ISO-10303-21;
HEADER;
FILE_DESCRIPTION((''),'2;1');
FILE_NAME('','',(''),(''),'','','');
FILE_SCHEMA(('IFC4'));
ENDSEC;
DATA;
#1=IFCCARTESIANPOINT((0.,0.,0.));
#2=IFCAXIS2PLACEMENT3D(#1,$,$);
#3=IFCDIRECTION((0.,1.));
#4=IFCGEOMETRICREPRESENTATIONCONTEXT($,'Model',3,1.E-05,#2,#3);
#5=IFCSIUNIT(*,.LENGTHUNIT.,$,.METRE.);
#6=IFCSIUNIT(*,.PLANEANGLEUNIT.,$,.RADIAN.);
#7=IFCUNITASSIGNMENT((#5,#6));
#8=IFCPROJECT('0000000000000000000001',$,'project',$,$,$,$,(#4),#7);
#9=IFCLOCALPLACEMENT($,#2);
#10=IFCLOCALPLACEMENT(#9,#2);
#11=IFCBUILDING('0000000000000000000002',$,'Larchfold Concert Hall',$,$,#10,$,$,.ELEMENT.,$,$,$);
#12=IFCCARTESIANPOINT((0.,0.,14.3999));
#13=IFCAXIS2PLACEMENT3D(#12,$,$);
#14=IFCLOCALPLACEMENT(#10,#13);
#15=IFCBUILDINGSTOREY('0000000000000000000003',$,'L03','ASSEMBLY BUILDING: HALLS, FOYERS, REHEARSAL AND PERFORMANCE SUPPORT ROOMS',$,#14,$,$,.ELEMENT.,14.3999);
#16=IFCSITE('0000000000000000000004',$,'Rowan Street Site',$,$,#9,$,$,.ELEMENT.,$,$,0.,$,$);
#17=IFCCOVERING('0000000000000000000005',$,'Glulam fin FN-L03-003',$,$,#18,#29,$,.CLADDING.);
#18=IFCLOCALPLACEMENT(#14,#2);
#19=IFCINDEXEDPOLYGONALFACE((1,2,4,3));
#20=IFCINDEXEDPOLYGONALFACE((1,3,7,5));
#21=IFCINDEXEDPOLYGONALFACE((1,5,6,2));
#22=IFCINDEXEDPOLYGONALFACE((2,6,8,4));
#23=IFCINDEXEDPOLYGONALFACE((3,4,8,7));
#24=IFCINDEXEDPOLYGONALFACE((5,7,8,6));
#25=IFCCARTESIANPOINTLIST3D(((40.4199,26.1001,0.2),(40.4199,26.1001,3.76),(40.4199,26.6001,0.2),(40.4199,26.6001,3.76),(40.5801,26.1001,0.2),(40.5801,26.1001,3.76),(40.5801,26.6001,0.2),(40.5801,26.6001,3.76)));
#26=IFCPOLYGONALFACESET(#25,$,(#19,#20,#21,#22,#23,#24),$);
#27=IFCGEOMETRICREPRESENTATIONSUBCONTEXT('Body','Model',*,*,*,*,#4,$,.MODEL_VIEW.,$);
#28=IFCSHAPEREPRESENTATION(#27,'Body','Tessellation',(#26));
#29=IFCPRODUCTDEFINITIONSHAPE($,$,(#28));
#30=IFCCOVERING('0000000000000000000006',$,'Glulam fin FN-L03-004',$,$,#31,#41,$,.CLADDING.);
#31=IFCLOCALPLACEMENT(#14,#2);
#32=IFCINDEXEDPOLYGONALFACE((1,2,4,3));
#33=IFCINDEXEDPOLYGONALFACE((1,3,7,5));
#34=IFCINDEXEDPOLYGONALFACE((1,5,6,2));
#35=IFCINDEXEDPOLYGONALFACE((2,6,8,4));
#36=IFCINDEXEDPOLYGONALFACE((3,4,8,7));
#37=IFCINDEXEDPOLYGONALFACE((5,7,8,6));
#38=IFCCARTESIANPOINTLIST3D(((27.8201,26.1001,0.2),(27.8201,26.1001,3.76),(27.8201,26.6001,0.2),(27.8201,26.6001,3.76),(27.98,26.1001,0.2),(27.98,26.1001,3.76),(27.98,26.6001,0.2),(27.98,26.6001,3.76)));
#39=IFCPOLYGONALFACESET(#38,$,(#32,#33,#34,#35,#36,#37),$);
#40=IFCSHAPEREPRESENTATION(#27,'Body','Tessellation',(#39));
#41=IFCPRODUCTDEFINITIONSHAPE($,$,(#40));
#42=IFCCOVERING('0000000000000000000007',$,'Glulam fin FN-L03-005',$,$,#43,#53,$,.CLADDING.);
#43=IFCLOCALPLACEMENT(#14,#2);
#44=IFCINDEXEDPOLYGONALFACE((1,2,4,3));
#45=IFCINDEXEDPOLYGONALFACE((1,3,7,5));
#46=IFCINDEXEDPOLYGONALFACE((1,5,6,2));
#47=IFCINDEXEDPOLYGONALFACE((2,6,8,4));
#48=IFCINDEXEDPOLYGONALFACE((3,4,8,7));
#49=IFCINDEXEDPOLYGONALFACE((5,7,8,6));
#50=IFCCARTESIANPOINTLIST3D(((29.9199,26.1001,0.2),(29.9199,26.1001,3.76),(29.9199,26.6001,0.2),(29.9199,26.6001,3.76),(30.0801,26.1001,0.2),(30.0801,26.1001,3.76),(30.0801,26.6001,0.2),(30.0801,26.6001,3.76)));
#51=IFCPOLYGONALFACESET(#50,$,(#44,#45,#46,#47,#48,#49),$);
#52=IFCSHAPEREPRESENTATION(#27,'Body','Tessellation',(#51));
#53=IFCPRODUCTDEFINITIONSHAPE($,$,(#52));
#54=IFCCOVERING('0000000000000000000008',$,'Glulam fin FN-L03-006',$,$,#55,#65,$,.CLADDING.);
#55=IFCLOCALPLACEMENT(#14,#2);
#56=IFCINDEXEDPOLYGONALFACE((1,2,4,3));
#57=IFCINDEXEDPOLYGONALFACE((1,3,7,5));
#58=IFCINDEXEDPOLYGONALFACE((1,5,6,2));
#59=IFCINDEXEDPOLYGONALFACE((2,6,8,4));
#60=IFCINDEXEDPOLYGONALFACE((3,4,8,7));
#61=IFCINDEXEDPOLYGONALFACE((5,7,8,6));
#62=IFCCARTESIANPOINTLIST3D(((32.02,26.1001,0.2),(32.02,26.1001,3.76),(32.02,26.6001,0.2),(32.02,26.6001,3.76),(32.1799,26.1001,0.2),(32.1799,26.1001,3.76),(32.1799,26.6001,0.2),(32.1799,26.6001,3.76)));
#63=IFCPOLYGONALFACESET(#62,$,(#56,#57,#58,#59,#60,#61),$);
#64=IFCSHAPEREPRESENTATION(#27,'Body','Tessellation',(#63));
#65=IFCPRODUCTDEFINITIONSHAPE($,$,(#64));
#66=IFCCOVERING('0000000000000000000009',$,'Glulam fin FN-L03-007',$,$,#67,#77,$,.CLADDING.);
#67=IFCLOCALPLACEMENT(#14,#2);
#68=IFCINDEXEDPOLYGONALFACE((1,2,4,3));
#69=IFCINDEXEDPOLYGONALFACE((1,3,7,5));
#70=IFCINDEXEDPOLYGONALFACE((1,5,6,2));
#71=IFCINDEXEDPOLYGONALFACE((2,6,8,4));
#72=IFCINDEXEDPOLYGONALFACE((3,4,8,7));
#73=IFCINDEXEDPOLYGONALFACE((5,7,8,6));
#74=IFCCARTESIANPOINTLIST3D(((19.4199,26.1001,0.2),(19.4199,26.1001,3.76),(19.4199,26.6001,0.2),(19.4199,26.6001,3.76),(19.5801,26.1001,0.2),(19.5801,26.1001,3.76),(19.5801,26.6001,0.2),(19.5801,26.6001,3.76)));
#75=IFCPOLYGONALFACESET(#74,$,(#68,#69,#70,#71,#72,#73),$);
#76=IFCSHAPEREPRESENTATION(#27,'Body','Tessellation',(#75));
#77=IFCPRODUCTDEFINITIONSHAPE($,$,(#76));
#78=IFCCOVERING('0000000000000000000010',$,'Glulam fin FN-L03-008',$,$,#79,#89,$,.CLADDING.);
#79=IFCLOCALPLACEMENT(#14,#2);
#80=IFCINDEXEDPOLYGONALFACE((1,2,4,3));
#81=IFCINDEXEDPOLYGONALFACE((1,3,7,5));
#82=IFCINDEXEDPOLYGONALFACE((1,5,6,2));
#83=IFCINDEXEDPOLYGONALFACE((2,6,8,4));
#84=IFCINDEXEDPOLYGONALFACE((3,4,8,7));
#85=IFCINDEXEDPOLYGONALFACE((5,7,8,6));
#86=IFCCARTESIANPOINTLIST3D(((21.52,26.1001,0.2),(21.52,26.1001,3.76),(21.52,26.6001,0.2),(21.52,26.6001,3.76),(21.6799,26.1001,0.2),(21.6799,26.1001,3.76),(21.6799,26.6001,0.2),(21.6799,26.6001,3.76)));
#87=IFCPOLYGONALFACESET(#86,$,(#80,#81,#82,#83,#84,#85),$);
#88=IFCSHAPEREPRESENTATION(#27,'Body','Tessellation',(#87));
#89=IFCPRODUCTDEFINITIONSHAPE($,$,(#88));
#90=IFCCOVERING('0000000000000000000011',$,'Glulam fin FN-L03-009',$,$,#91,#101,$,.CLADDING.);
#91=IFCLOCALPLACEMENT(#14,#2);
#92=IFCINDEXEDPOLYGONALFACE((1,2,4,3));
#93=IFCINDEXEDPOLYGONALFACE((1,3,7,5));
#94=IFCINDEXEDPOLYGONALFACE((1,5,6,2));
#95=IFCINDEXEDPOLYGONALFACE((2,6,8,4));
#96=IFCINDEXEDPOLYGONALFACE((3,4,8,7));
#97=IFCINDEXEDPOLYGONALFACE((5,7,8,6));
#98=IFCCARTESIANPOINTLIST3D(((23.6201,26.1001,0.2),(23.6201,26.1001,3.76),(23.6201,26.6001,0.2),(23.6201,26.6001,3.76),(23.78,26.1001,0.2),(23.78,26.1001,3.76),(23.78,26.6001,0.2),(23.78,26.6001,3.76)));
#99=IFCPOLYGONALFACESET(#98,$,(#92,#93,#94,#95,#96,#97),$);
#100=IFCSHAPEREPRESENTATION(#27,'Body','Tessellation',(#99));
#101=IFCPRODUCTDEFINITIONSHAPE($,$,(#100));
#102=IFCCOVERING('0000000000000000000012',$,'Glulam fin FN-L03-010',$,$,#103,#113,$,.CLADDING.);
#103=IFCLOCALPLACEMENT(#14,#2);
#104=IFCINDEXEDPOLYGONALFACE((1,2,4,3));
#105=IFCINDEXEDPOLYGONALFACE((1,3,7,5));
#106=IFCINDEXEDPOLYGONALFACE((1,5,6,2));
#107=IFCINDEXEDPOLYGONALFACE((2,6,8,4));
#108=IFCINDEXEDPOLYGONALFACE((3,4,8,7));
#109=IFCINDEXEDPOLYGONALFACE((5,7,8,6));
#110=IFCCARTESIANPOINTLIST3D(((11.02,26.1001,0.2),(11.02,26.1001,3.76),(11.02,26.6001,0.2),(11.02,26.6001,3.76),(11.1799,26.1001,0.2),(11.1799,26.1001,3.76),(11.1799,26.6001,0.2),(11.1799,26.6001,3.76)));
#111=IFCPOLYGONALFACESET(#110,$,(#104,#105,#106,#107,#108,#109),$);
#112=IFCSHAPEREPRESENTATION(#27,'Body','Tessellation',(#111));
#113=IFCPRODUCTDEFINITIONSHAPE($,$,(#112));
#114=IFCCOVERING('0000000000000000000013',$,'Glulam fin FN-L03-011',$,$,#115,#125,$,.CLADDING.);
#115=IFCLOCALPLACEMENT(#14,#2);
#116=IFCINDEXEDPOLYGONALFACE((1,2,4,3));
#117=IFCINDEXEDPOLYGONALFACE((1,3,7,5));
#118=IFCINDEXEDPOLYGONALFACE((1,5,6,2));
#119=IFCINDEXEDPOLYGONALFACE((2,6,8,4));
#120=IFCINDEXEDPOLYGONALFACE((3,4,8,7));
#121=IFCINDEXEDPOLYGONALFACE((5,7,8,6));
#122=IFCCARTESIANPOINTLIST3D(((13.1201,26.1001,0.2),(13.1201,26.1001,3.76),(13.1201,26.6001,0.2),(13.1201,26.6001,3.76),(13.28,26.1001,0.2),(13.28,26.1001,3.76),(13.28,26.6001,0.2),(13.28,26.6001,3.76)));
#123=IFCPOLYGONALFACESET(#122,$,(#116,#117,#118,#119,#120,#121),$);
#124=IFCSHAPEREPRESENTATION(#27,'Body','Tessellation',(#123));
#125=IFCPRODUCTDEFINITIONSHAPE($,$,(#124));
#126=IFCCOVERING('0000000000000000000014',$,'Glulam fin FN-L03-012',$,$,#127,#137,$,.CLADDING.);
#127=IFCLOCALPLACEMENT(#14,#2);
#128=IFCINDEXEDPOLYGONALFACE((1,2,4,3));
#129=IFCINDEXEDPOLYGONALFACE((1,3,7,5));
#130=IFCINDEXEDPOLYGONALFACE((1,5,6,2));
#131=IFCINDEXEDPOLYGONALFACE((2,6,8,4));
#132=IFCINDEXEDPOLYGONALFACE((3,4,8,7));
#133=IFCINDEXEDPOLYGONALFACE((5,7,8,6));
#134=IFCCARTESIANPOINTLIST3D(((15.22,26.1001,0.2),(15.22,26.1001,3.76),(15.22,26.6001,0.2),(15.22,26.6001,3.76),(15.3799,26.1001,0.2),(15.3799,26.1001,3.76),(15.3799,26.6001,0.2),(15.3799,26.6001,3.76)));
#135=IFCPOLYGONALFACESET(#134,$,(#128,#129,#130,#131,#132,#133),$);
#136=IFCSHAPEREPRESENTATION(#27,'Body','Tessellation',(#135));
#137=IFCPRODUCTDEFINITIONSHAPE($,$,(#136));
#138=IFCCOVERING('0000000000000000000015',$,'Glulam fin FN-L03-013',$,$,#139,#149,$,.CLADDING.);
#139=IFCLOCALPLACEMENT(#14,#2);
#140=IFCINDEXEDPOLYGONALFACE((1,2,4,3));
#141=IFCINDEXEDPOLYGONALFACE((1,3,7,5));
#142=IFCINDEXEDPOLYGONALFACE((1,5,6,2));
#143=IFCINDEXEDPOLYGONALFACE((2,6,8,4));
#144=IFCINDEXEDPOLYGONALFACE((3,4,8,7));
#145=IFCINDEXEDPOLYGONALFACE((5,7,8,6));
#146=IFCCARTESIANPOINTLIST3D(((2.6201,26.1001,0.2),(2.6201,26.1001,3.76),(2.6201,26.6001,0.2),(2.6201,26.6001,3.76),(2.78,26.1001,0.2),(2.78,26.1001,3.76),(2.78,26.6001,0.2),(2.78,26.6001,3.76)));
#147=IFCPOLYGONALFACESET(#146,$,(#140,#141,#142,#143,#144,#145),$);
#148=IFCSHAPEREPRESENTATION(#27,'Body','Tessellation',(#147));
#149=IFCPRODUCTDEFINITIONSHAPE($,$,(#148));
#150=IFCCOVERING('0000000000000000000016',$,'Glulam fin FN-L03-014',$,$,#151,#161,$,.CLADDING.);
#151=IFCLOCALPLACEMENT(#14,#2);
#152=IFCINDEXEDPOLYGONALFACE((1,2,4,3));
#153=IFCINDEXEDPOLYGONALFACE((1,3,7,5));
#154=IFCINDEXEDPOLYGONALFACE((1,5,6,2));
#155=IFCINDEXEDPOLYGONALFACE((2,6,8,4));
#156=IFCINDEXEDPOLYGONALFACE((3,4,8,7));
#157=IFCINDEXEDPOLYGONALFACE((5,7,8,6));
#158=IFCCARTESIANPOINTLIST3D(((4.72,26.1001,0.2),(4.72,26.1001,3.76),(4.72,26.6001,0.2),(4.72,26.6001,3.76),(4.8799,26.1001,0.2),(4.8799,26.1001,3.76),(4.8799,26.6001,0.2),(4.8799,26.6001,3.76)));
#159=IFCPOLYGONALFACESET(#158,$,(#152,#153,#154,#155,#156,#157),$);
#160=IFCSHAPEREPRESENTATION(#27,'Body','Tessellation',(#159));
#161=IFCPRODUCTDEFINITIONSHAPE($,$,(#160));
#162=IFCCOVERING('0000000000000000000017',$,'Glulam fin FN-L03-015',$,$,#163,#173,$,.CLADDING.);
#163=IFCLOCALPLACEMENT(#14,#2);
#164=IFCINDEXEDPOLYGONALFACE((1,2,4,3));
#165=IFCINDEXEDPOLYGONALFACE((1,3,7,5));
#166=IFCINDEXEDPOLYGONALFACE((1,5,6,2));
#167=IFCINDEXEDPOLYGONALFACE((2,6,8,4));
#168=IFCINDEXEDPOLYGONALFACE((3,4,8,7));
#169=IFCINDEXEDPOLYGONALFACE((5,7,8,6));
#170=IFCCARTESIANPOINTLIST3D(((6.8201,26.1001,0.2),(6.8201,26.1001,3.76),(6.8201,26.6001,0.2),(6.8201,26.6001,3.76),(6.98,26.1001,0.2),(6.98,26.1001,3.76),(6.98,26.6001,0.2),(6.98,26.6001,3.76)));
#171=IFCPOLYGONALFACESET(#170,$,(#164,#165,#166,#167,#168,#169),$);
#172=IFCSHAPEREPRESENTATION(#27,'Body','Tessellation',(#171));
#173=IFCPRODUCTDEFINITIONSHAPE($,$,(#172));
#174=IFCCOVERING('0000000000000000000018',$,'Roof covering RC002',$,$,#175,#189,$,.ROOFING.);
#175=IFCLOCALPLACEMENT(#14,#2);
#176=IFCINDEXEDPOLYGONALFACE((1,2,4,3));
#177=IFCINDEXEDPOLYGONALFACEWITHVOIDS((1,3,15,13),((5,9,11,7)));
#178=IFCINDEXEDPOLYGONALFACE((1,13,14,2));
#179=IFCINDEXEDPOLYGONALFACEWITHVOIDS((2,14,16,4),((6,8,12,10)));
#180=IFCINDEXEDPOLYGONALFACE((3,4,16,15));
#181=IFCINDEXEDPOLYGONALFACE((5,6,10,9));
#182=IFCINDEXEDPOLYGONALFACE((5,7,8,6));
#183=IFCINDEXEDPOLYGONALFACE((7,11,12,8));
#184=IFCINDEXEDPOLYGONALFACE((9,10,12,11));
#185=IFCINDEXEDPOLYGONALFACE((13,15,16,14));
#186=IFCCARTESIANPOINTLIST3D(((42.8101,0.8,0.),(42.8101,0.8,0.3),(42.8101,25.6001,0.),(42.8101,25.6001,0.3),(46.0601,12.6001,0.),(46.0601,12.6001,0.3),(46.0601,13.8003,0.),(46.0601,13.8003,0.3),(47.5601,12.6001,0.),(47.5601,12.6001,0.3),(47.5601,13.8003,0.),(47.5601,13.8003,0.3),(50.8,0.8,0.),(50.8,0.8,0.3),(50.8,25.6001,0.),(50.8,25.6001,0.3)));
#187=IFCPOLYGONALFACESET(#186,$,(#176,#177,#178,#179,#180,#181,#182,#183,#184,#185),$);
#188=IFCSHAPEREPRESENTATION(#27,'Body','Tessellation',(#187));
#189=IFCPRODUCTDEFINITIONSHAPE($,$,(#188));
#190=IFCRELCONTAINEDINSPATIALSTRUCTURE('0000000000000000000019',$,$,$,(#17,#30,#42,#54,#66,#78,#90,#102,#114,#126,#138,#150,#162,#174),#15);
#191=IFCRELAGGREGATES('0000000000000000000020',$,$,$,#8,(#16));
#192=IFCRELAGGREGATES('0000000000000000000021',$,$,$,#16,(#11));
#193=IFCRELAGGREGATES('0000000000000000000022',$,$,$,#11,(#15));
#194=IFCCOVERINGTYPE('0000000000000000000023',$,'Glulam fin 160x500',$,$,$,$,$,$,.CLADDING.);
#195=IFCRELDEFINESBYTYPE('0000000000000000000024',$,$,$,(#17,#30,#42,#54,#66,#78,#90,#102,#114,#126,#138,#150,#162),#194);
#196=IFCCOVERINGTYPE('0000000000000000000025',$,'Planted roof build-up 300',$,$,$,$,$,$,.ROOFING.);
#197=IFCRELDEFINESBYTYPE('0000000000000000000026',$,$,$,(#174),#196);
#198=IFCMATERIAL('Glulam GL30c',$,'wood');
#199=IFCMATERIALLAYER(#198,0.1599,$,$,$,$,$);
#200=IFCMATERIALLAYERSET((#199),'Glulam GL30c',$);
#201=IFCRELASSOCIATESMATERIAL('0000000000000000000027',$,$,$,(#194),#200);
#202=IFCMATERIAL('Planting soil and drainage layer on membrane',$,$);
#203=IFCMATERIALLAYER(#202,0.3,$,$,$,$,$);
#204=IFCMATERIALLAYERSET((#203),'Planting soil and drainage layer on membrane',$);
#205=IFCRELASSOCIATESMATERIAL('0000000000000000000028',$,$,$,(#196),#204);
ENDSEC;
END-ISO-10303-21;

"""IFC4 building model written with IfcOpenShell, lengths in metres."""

from ifc_helpers import new_model, si_unit, direction, frame, origin, place, context, subcontext, project, spatial, polyline, outline, extrude, material, layer, layer_set, type_object, element, save


model = new_model("IFC4")

# Units and contexts
model_context = context("Model", 3, precision=1e-05, world=origin(), true_north=direction((0.0, 1.0)))
body_context = subcontext(model_context, "Body", "Model", "MODEL_VIEW")
ifc_project = project(units=[si_unit("LENGTHUNIT", "METRE"), si_unit("PLANEANGLEUNIT", "RADIAN")], contexts=[model_context])

# Site, building, storey
site_placement = place(None, origin())
site = spatial("IfcSite", under=ifc_project, at=site_placement, Name="Rowan Street Site", CompositionType="ELEMENT", RefElevation=0.0)
building_placement = place(site_placement, origin())
building = spatial("IfcBuilding", under=site, at=building_placement, Name="Larchfold Concert Hall", CompositionType="ELEMENT")
storey_placement = place(building_placement, frame((0.0, 0.0, 14.3999)))
storey = spatial("IfcBuildingStorey", under=building, at=storey_placement, Name="L03", Description="ASSEMBLY BUILDING: HALLS, FOYERS, REHEARSAL AND PERFORMANCE SUPPORT ROOMS", CompositionType="ELEMENT", Elevation=14.3999)

# Coverings
ifc_material_1 = material(Name="Glulam GL30c", Category="wood")
ifc_layer_1 = layer(ifc_material_1, 0.1599)
ifc_layer_set_1 = layer_set([ifc_layer_1], Name="Glulam GL30c")
covering_type_1 = type_object("IfcCoveringType", Name="Glulam fin 160x500", PredefinedType="CLADDING", material=ifc_layer_set_1)
covering_1_placement = place(storey_placement, frame((0.0, 0.0, 0.2)))
element("IfcCovering", 1, at=covering_1_placement, inside=storey, type_object=covering_type_1, Name="Glulam fin FN-L03-003", PredefinedType="CLADDING", context=body_context, shape_type="SweptSolid", body=[
    extrude(outline(polyline([(40.5801, 26.1001), (40.5801, 26.6001), (40.4199, 26.6001), (40.4199, 26.1001), (40.5801, 26.1001)])), origin(), (0.0, 0.0, 1.0), 3.5601),
])
covering_2_placement = place(storey_placement, frame((0.0, 0.0, 0.2)))
element("IfcCovering", 2, at=covering_2_placement, inside=storey, type_object=covering_type_1, Name="Glulam fin FN-L03-004", PredefinedType="CLADDING", context=body_context, shape_type="SweptSolid", body=[
    extrude(outline(polyline([(27.98, 26.1001), (27.98, 26.6001), (27.8201, 26.6001), (27.8201, 26.1001), (27.98, 26.1001)])), origin(), (0.0, 0.0, 1.0), 3.5601),
])
covering_3_placement = place(storey_placement, frame((0.0, 0.0, 0.2)))
element("IfcCovering", 3, at=covering_3_placement, inside=storey, type_object=covering_type_1, Name="Glulam fin FN-L03-005", PredefinedType="CLADDING", context=body_context, shape_type="SweptSolid", body=[
    extrude(outline(polyline([(30.0801, 26.1001), (30.0801, 26.6001), (29.9199, 26.6001), (29.9199, 26.1001), (30.0801, 26.1001)])), origin(), (0.0, 0.0, 1.0), 3.5601),
])
covering_4_placement = place(storey_placement, frame((0.0, 0.0, 0.2)))
element("IfcCovering", 4, at=covering_4_placement, inside=storey, type_object=covering_type_1, Name="Glulam fin FN-L03-006", PredefinedType="CLADDING", context=body_context, shape_type="SweptSolid", body=[
    extrude(outline(polyline([(32.1799, 26.1001), (32.1799, 26.6001), (32.02, 26.6001), (32.02, 26.1001), (32.1799, 26.1001)])), origin(), (0.0, 0.0, 1.0), 3.5601),
])
covering_5_placement = place(storey_placement, frame((0.0, 0.0, 0.2)))
element("IfcCovering", 5, at=covering_5_placement, inside=storey, type_object=covering_type_1, Name="Glulam fin FN-L03-007", PredefinedType="CLADDING", context=body_context, shape_type="SweptSolid", body=[
    extrude(outline(polyline([(19.5801, 26.1001), (19.5801, 26.6001), (19.4199, 26.6001), (19.4199, 26.1001), (19.5801, 26.1001)])), origin(), (0.0, 0.0, 1.0), 3.5601),
])
covering_6_placement = place(storey_placement, frame((0.0, 0.0, 0.2)))
element("IfcCovering", 6, at=covering_6_placement, inside=storey, type_object=covering_type_1, Name="Glulam fin FN-L03-008", PredefinedType="CLADDING", context=body_context, shape_type="SweptSolid", body=[
    extrude(outline(polyline([(21.6799, 26.1001), (21.6799, 26.6001), (21.52, 26.6001), (21.52, 26.1001), (21.6799, 26.1001)])), origin(), (0.0, 0.0, 1.0), 3.5601),
])
covering_7_placement = place(storey_placement, frame((0.0, 0.0, 0.2)))
element("IfcCovering", 7, at=covering_7_placement, inside=storey, type_object=covering_type_1, Name="Glulam fin FN-L03-009", PredefinedType="CLADDING", context=body_context, shape_type="SweptSolid", body=[
    extrude(outline(polyline([(23.78, 26.1001), (23.78, 26.6001), (23.6201, 26.6001), (23.6201, 26.1001), (23.78, 26.1001)])), origin(), (0.0, 0.0, 1.0), 3.5601),
])
covering_8_placement = place(storey_placement, frame((0.0, 0.0, 0.2)))
element("IfcCovering", 8, at=covering_8_placement, inside=storey, type_object=covering_type_1, Name="Glulam fin FN-L03-010", PredefinedType="CLADDING", context=body_context, shape_type="SweptSolid", body=[
    extrude(outline(polyline([(11.1799, 26.1001), (11.1799, 26.6001), (11.02, 26.6001), (11.02, 26.1001), (11.1799, 26.1001)])), origin(), (0.0, 0.0, 1.0), 3.5601),
])
covering_9_placement = place(storey_placement, frame((0.0, 0.0, 0.2)))
element("IfcCovering", 9, at=covering_9_placement, inside=storey, type_object=covering_type_1, Name="Glulam fin FN-L03-011", PredefinedType="CLADDING", context=body_context, shape_type="SweptSolid", body=[
    extrude(outline(polyline([(13.28, 26.1001), (13.28, 26.6001), (13.1201, 26.6001), (13.1201, 26.1001), (13.28, 26.1001)])), origin(), (0.0, 0.0, 1.0), 3.5601),
])
covering_10_placement = place(storey_placement, frame((0.0, 0.0, 0.2)))
element("IfcCovering", 10, at=covering_10_placement, inside=storey, type_object=covering_type_1, Name="Glulam fin FN-L03-012", PredefinedType="CLADDING", context=body_context, shape_type="SweptSolid", body=[
    extrude(outline(polyline([(15.3799, 26.1001), (15.3799, 26.6001), (15.22, 26.6001), (15.22, 26.1001), (15.3799, 26.1001)])), origin(), (0.0, 0.0, 1.0), 3.5601),
])
covering_11_placement = place(storey_placement, frame((0.0, 0.0, 0.2)))
element("IfcCovering", 11, at=covering_11_placement, inside=storey, type_object=covering_type_1, Name="Glulam fin FN-L03-013", PredefinedType="CLADDING", context=body_context, shape_type="SweptSolid", body=[
    extrude(outline(polyline([(2.78, 26.1001), (2.78, 26.6001), (2.6201, 26.6001), (2.6201, 26.1001), (2.78, 26.1001)])), origin(), (0.0, 0.0, 1.0), 3.5601),
])
covering_12_placement = place(storey_placement, frame((0.0, 0.0, 0.2)))
element("IfcCovering", 12, at=covering_12_placement, inside=storey, type_object=covering_type_1, Name="Glulam fin FN-L03-014", PredefinedType="CLADDING", context=body_context, shape_type="SweptSolid", body=[
    extrude(outline(polyline([(4.8799, 26.1001), (4.8799, 26.6001), (4.72, 26.6001), (4.72, 26.1001), (4.8799, 26.1001)])), origin(), (0.0, 0.0, 1.0), 3.5601),
])
covering_13_placement = place(storey_placement, frame((0.0, 0.0, 0.2)))
element("IfcCovering", 13, at=covering_13_placement, inside=storey, type_object=covering_type_1, Name="Glulam fin FN-L03-015", PredefinedType="CLADDING", context=body_context, shape_type="SweptSolid", body=[
    extrude(outline(polyline([(6.98, 26.1001), (6.98, 26.6001), (6.8201, 26.6001), (6.8201, 26.1001), (6.98, 26.1001)])), origin(), (0.0, 0.0, 1.0), 3.5601),
])
ifc_material_2 = material(Name="Planting soil and drainage layer on membrane")
ifc_layer_2 = layer(ifc_material_2, 0.3)
ifc_layer_set_2 = layer_set([ifc_layer_2], Name="Planting soil and drainage layer on membrane")
covering_type_2 = type_object("IfcCoveringType", Name="Planted roof build-up 300", PredefinedType="ROOFING", material=ifc_layer_set_2)
covering_14_placement = place(storey_placement, origin())
element("IfcCovering", 14, at=covering_14_placement, inside=storey, type_object=covering_type_2, Name="Roof covering RC002", PredefinedType="ROOFING", context=body_context, shape_type="SweptSolid", body=[
    extrude(outline(polyline([(42.8101, 25.6001), (42.8101, 0.8), (50.8, 0.8), (50.8, 25.6001), (42.8101, 25.6001)]), holes=[polyline([(47.5601, 13.8003), (46.0601, 13.8003), (46.0601, 12.6001), (47.5601, 12.6001), (47.5601, 13.8003)])]), origin(), (0.0, 0.0, 1.0), 0.3),
])

save(model, "model.ifc")
